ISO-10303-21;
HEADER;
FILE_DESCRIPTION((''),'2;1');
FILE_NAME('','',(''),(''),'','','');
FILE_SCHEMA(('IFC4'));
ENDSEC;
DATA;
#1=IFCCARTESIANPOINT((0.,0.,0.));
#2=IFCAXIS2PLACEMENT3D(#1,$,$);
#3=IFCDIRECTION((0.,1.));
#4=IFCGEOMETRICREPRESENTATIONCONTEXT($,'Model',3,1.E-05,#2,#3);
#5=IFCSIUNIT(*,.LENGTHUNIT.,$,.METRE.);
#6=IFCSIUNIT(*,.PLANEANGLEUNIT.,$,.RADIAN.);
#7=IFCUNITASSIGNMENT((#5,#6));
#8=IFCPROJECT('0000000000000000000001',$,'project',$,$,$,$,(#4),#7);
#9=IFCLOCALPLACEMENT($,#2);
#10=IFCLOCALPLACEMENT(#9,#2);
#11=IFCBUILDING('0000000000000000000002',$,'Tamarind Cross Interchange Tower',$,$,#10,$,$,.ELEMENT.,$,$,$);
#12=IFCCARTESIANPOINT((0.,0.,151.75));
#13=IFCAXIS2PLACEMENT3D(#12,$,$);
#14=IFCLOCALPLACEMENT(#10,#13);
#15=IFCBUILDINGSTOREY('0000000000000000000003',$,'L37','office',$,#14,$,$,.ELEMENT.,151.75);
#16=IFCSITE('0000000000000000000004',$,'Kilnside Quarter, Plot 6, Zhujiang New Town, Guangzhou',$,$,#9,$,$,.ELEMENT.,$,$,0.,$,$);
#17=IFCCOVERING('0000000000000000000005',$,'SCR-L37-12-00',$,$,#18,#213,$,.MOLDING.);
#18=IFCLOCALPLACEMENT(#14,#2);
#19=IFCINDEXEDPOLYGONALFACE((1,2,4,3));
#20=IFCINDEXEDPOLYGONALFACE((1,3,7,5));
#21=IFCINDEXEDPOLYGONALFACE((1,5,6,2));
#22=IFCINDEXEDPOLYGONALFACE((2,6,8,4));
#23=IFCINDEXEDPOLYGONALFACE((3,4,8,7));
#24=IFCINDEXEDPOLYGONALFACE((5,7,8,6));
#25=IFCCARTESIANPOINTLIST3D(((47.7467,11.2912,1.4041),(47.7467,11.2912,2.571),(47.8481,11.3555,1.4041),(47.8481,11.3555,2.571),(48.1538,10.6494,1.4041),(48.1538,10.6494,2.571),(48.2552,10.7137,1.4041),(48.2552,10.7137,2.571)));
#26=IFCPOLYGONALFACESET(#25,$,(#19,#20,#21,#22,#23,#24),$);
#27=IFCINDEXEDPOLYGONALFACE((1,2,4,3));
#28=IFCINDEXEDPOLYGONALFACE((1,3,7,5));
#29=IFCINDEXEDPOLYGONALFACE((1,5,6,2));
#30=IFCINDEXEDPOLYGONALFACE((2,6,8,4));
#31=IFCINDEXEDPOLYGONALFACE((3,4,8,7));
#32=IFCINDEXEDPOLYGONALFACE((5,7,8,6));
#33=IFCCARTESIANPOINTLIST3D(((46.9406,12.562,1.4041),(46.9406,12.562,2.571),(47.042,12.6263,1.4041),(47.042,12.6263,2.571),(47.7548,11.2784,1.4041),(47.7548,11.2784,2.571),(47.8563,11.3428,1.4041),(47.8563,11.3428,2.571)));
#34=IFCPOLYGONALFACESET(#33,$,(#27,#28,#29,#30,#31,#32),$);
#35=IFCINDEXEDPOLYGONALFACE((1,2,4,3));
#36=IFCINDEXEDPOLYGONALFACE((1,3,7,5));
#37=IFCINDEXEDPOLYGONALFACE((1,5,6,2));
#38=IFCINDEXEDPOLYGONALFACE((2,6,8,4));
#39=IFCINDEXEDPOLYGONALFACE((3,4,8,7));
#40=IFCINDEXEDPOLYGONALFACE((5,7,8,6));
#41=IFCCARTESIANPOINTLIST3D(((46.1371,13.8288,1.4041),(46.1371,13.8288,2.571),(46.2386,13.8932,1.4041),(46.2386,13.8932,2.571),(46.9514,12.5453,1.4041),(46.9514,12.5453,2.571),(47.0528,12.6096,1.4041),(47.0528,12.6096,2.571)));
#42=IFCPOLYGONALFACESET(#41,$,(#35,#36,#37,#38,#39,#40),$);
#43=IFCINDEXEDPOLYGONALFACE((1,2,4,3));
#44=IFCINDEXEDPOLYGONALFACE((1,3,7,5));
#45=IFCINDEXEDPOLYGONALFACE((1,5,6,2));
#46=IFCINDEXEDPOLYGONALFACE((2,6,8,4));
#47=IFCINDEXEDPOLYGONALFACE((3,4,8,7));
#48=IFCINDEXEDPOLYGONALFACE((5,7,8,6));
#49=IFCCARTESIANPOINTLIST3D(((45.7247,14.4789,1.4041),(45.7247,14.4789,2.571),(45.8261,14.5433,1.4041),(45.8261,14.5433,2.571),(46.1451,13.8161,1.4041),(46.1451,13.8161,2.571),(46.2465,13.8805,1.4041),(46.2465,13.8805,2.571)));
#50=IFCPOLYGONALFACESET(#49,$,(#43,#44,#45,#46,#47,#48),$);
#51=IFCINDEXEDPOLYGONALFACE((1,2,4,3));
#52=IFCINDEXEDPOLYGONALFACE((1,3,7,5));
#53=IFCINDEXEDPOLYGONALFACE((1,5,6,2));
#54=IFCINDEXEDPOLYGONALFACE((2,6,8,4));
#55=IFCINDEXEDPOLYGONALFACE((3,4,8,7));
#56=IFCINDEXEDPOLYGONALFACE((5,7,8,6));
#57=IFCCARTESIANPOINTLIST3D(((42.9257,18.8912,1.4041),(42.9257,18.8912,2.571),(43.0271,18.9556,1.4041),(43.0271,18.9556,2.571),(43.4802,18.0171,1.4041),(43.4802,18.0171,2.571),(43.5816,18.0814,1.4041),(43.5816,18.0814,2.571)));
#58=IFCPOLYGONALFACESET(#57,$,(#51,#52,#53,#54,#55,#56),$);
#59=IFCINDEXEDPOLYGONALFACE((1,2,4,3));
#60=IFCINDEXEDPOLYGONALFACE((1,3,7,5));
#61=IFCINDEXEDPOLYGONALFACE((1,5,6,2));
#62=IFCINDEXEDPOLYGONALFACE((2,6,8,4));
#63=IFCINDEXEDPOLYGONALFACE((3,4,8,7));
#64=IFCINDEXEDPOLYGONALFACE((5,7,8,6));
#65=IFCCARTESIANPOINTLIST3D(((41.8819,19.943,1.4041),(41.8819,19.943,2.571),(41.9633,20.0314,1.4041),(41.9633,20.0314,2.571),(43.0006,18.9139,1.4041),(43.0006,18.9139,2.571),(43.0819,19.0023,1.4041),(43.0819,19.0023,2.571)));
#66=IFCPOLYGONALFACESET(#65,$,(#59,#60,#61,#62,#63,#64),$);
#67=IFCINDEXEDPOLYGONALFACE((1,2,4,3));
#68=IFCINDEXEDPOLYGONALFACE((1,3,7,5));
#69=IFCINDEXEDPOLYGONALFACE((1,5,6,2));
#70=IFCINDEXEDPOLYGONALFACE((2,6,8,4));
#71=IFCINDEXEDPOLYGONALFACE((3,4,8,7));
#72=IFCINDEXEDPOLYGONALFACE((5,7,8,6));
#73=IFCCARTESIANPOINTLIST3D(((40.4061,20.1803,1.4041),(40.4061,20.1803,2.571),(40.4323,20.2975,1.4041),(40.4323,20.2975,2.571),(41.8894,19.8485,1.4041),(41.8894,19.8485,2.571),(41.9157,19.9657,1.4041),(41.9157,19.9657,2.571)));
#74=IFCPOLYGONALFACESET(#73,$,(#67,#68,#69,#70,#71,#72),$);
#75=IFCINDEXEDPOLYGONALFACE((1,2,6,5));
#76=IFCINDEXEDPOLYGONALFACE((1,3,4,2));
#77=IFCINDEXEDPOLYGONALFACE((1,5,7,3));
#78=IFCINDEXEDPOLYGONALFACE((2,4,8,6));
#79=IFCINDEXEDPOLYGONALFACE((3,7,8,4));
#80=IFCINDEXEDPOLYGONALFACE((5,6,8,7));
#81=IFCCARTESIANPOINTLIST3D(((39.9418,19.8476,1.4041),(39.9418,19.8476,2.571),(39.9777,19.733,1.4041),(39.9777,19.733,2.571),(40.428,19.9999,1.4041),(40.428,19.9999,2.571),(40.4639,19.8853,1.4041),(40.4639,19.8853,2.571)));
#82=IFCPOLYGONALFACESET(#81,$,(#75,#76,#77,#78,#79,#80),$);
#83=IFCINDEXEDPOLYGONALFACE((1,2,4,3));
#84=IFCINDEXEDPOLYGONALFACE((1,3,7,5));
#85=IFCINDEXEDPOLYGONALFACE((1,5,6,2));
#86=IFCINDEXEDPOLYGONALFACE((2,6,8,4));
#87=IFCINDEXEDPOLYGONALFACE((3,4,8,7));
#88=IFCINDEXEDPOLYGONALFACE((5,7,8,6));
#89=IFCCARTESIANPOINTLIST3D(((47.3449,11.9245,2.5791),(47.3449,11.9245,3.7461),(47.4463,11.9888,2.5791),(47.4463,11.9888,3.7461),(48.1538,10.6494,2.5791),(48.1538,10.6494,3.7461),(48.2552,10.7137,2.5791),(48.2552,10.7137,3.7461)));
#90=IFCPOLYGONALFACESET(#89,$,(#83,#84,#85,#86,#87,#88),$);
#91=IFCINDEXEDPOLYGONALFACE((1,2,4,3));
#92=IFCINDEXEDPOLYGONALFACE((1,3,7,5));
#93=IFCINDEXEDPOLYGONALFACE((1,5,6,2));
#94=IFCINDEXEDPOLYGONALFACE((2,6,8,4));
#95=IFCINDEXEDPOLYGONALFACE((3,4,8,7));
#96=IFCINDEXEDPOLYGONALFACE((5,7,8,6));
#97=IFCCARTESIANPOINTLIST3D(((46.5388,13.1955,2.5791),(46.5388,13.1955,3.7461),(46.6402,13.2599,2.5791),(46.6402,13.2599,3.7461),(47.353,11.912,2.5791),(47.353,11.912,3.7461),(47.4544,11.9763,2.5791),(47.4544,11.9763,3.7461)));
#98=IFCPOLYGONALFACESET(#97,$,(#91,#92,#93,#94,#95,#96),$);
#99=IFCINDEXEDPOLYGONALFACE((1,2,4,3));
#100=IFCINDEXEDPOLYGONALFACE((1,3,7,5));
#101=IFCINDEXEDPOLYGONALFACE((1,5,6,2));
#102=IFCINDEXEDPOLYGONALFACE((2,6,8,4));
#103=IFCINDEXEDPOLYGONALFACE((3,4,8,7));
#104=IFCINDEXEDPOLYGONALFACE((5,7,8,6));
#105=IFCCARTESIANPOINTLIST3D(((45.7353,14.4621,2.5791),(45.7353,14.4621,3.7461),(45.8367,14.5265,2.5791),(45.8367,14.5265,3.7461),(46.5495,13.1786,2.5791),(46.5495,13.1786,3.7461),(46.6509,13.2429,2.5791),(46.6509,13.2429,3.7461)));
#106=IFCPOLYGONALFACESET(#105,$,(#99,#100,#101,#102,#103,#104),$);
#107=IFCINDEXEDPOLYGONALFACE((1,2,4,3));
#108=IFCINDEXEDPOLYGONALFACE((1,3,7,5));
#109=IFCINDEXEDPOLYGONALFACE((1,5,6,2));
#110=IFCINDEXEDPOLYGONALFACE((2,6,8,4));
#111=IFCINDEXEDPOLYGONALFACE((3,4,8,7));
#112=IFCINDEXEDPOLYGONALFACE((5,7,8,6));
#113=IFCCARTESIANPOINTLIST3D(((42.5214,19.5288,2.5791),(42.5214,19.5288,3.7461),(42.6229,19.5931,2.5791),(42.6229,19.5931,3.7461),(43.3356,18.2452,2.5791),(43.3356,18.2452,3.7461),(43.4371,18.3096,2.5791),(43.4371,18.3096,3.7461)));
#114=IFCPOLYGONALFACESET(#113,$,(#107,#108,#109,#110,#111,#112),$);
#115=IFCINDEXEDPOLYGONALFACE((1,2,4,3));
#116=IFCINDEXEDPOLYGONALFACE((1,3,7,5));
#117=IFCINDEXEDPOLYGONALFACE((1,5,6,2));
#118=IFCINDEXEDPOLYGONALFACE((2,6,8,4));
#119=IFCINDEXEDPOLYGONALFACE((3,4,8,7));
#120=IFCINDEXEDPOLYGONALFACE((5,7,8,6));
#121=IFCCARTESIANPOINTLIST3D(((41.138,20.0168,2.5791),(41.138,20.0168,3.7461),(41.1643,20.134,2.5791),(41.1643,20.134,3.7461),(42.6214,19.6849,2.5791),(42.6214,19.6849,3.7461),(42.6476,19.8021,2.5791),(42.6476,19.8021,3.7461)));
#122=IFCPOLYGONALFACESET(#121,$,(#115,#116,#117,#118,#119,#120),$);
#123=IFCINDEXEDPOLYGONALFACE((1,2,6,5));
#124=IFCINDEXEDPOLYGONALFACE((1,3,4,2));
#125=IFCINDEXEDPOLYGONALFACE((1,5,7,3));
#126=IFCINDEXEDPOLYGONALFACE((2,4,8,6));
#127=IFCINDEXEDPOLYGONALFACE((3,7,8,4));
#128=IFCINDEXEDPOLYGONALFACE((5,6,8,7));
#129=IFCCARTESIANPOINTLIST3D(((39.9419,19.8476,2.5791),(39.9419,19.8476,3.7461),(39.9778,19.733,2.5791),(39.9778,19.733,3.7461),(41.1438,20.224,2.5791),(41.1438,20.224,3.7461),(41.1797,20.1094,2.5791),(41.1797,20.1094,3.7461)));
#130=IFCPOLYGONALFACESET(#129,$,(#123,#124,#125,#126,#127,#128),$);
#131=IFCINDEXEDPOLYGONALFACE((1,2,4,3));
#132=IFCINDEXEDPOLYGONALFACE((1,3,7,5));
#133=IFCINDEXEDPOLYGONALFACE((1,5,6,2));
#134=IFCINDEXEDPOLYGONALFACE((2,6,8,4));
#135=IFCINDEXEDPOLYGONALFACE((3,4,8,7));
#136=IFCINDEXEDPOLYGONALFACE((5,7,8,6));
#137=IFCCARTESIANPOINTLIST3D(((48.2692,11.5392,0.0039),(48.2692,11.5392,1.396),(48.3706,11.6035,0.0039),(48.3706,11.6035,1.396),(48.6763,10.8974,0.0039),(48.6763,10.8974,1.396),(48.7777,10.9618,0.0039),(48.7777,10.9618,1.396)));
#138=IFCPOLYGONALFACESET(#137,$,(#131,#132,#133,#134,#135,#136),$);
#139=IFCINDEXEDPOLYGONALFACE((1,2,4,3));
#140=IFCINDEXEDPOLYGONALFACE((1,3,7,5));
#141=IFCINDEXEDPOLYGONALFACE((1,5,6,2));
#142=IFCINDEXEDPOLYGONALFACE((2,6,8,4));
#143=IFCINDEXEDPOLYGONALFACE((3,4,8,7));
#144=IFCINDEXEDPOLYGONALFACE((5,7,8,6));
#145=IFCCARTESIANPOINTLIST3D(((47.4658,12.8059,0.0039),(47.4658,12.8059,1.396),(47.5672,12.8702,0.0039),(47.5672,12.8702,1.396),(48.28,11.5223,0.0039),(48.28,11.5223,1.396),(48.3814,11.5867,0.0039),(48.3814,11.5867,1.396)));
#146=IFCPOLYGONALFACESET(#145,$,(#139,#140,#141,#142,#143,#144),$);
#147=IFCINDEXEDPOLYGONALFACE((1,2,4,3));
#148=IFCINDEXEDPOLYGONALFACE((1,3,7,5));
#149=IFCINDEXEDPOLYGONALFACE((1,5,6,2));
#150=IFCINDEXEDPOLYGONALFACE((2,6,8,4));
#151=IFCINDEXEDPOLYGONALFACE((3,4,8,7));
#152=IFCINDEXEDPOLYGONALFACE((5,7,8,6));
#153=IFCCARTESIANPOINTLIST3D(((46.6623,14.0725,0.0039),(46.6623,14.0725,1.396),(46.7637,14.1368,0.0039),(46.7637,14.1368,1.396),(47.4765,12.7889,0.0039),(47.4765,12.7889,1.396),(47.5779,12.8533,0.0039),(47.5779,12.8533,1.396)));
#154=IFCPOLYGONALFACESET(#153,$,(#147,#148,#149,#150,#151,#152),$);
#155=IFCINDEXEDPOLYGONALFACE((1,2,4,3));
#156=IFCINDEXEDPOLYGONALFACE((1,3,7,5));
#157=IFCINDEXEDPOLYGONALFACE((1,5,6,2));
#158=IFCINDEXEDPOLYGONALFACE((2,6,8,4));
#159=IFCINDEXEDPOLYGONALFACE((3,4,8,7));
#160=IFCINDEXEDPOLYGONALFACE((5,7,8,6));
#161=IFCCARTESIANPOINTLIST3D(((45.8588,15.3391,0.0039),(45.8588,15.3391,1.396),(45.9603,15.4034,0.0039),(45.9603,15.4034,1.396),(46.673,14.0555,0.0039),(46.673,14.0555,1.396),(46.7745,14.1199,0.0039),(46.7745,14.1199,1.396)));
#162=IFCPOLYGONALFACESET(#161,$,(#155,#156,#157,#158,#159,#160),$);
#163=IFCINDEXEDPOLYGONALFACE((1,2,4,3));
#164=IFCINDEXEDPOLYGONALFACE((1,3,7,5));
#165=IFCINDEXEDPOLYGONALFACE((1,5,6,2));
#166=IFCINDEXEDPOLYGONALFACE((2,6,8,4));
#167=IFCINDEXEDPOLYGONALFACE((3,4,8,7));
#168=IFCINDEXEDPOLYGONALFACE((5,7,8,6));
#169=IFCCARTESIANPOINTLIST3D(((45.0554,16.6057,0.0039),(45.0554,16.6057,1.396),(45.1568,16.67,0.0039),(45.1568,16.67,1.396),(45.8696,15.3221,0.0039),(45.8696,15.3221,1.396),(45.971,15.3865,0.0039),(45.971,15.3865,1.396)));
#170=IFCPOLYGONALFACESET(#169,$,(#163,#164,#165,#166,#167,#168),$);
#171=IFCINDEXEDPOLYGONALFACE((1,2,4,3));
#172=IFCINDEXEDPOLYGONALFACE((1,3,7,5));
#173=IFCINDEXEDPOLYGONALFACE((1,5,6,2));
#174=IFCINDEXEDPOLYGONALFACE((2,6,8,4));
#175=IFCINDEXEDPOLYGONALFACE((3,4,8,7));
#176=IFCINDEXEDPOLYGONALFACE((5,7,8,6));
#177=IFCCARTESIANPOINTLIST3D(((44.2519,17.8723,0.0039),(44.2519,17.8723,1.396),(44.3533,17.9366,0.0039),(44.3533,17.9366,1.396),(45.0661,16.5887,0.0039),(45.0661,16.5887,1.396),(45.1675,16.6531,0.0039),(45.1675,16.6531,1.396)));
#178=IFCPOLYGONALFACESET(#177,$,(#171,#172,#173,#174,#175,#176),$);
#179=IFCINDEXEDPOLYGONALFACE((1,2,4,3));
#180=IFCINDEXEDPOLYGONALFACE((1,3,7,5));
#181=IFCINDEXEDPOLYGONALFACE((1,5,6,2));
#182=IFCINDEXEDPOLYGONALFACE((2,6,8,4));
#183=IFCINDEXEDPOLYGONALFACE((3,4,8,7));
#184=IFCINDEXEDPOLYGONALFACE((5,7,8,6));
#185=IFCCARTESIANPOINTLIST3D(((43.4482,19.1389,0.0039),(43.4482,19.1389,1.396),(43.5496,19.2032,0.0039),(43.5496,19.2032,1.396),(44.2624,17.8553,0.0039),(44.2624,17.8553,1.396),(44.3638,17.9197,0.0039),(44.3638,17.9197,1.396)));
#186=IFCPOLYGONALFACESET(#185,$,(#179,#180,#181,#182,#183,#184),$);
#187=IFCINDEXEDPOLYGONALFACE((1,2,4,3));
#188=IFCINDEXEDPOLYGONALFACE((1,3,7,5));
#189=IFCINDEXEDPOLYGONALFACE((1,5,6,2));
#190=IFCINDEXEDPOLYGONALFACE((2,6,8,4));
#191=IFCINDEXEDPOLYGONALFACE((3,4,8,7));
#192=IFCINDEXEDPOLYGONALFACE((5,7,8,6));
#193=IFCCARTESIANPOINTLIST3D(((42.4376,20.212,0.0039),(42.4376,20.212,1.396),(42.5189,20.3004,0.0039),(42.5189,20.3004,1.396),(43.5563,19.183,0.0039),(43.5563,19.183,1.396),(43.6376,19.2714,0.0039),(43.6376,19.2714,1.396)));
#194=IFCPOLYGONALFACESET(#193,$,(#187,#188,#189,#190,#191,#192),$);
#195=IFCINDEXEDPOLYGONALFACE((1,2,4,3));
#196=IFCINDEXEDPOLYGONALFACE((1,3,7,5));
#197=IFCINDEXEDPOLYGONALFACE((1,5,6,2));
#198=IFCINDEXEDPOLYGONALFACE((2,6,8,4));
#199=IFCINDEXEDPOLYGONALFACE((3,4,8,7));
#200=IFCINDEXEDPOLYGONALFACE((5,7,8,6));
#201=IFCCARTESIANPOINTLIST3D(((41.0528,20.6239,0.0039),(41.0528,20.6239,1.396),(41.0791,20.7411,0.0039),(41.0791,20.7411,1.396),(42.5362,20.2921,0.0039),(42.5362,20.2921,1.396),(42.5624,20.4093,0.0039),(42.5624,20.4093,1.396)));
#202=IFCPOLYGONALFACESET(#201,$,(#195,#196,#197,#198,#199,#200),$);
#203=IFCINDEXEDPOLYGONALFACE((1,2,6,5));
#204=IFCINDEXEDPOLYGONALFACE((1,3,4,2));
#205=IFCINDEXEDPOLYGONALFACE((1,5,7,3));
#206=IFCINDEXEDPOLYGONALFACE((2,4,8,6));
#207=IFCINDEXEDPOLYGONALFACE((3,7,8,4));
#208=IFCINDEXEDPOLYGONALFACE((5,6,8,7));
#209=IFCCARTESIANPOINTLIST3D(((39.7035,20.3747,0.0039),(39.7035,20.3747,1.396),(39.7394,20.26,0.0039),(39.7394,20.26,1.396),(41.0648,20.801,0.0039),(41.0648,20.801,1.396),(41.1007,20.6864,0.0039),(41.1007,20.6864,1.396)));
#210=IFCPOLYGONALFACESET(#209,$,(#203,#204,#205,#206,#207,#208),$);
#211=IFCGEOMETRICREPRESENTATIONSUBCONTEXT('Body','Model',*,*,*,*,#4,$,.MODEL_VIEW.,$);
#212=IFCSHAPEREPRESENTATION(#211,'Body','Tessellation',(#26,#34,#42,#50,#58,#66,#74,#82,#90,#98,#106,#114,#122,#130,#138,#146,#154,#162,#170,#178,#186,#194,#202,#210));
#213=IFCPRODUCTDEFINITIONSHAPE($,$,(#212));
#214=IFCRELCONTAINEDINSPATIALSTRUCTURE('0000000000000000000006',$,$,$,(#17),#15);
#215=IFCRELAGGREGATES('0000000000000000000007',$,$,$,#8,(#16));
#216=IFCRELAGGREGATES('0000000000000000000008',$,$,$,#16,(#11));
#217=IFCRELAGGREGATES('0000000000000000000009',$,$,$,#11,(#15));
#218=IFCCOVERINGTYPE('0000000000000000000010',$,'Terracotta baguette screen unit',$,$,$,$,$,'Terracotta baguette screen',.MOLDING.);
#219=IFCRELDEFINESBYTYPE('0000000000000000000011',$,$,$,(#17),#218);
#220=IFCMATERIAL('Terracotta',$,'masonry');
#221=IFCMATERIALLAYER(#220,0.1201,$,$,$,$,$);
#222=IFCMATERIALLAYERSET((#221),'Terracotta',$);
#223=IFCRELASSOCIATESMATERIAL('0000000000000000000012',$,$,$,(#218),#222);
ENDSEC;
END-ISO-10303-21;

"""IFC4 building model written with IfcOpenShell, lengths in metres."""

from ifc_helpers import new_model, si_unit, direction, frame, origin, origin_2d, place, context, subcontext, project, spatial, rectangle, extrude, material, layer, layer_set, type_object, element, save


model = new_model("IFC4")

# Units and contexts
model_context = context("Model", 3, precision=1e-05, world=origin(), true_north=direction((0.0, 1.0)))
body_context = subcontext(model_context, "Body", "Model", "MODEL_VIEW")
ifc_project = project(units=[si_unit("LENGTHUNIT", "METRE"), si_unit("PLANEANGLEUNIT", "RADIAN")], contexts=[model_context])

# Site, building, storey
site_placement = place(None, origin())
site = spatial("IfcSite", under=ifc_project, at=site_placement, Name="Kilnside Quarter, Plot 6, Zhujiang New Town, Guangzhou", CompositionType="ELEMENT", RefElevation=0.0)
building_placement = place(site_placement, origin())
building = spatial("IfcBuilding", under=site, at=building_placement, Name="Tamarind Cross Interchange Tower", CompositionType="ELEMENT")
storey_placement = place(building_placement, frame((0.0, 0.0, 151.75)))
storey = spatial("IfcBuildingStorey", under=building, at=storey_placement, Name="L37", Description="office", CompositionType="ELEMENT", Elevation=151.75)

# Covering
ifc_material_1 = material(Name="Terracotta", Category="masonry")
ifc_layer_1 = layer(ifc_material_1, 0.1201)
ifc_layer_set_1 = layer_set([ifc_layer_1], Name="Terracotta")
covering_type = type_object("IfcCoveringType", Name="Terracotta baguette screen unit", ElementType="Terracotta baguette screen", PredefinedType="MOLDING", material=ifc_layer_set_1)
covering_1_placement = place(storey_placement, origin())
element("IfcCovering", 1, at=covering_1_placement, inside=storey, type_object=covering_type, Name="SCR-L37-12-00", PredefinedType="MOLDING", context=body_context, shape_type="SweptSolid", body=[
    extrude(rectangle(XDim=0.76, YDim=0.1201, at=origin_2d()), frame((48.001, 11.0024, 1.4041), z_axis=(0.0, 0.0, 1.0), x_axis=(-0.535662, 0.844433, 0.0)), (0.0, 0.0, 1.0), 1.167),
    extrude(rectangle(XDim=1.52, YDim=0.1201, at=origin_2d()), frame((47.3984, 11.9524, 1.4041), z_axis=(0.0, 0.0, 1.0), x_axis=(-0.535662, 0.844433, 0.0)), (0.0, 0.0, 1.0), 1.167),
    extrude(rectangle(XDim=1.52, YDim=0.1201, at=origin_2d()), frame((46.595, 13.2192, 1.4041), z_axis=(0.0, 0.0, 1.0), x_axis=(-0.535662, 0.844433, 0.0)), (0.0, 0.0, 1.0), 1.167),
    extrude(rectangle(XDim=0.7849, YDim=0.1201, at=origin_2d()), frame((45.9856, 14.1797, 1.4041), z_axis=(0.0, 0.0, 1.0), x_axis=(-0.535662, 0.844433, 0.0)), (0.0, 0.0, 1.0), 1.167),
    extrude(rectangle(XDim=1.0352, YDim=0.1201, at=origin_2d()), frame((43.2537, 18.4863, 1.4041), z_axis=(0.0, 0.0, 1.0), x_axis=(-0.535662, 0.844433, 0.0)), (0.0, 0.0, 1.0), 1.167),
    extrude(rectangle(XDim=1.52, YDim=0.1201, at=origin_2d()), frame((42.4819, 19.4727, 1.4041), z_axis=(0.0, 0.0, 1.0), x_axis=(-0.735965, 0.67702, 0.0)), (0.0, 0.0, 1.0), 1.167),
    extrude(rectangle(XDim=1.52, YDim=0.1201, at=origin_2d()), frame((41.1609, 20.073, 1.4041), z_axis=(0.0, 0.0, 1.0), x_axis=(-0.975874, 0.218334, 0.0)), (0.0, 0.0, 1.0), 1.167),
    extrude(rectangle(XDim=0.5095, YDim=0.1201, at=origin_2d()), frame((40.2029, 19.8665, 1.4041), z_axis=(0.0, 0.0, 1.0), x_axis=(-0.954299, -0.298854, 0.0)), (0.0, 0.0, 1.0), 1.167),
    extrude(rectangle(XDim=1.51, YDim=0.1201, at=origin_2d()), frame((47.8, 11.3191, 2.5791), z_axis=(0.0, 0.0, 1.0), x_axis=(-0.535662, 0.844433, 0.0)), (0.0, 0.0, 1.0), 1.167),
    extrude(rectangle(XDim=1.52, YDim=0.1201, at=origin_2d()), frame((46.9966, 12.5859, 2.5791), z_axis=(0.0, 0.0, 1.0), x_axis=(-0.535662, 0.844433, 0.0)), (0.0, 0.0, 1.0), 1.167),
    extrude(rectangle(XDim=1.52, YDim=0.1201, at=origin_2d()), frame((46.1931, 13.8525, 2.5791), z_axis=(0.0, 0.0, 1.0), x_axis=(-0.535662, 0.844433, 0.0)), (0.0, 0.0, 1.0), 1.167),
    extrude(rectangle(XDim=1.52, YDim=0.1201, at=origin_2d()), frame((42.9792, 18.9192, 2.5791), z_axis=(0.0, 0.0, 1.0), x_axis=(-0.535662, 0.844433, 0.0)), (0.0, 0.0, 1.0), 1.167),
    extrude(rectangle(XDim=1.52, YDim=0.1201, at=origin_2d()), frame((41.8928, 19.9094, 2.5791), z_axis=(0.0, 0.0, 1.0), x_axis=(-0.975874, 0.218334, 0.0)), (0.0, 0.0, 1.0), 1.167),
    extrude(rectangle(XDim=1.2595, YDim=0.1201, at=origin_2d()), frame((40.5608, 19.9785, 2.5791), z_axis=(0.0, 0.0, 1.0), x_axis=(-0.954299, -0.298854, 0.0)), (0.0, 0.0, 1.0), 1.167),
    extrude(rectangle(XDim=0.76, YDim=0.1201, at=origin_2d()), frame((48.5234, 11.2505, 0.0039), z_axis=(0.0, 0.0, 1.0), x_axis=(-0.535662, 0.844433, 0.0)), (0.0, 0.0, 1.0), 1.3921),
    extrude(rectangle(XDim=1.52, YDim=0.1201, at=origin_2d()), frame((47.9236, 12.1963, 0.0039), z_axis=(0.0, 0.0, 1.0), x_axis=(-0.535662, 0.844433, 0.0)), (0.0, 0.0, 1.0), 1.3921),
    extrude(rectangle(XDim=1.52, YDim=0.1201, at=origin_2d()), frame((47.1201, 13.4629, 0.0039), z_axis=(0.0, 0.0, 1.0), x_axis=(-0.535662, 0.844433, 0.0)), (0.0, 0.0, 1.0), 1.3921),
    extrude(rectangle(XDim=1.52, YDim=0.1201, at=origin_2d()), frame((46.3167, 14.7295, 0.0039), z_axis=(0.0, 0.0, 1.0), x_axis=(-0.535662, 0.844433, 0.0)), (0.0, 0.0, 1.0), 1.3921),
    extrude(rectangle(XDim=1.52, YDim=0.1201, at=origin_2d()), frame((45.5132, 15.9961, 0.0039), z_axis=(0.0, 0.0, 1.0), x_axis=(-0.535662, 0.844433, 0.0)), (0.0, 0.0, 1.0), 1.3921),
    extrude(rectangle(XDim=1.52, YDim=0.1201, at=origin_2d()), frame((44.7097, 17.2627, 0.0039), z_axis=(0.0, 0.0, 1.0), x_axis=(-0.535662, 0.844433, 0.0)), (0.0, 0.0, 1.0), 1.3921),
    extrude(rectangle(XDim=1.52, YDim=0.1201, at=origin_2d()), frame((43.906, 18.5293, 0.0039), z_axis=(0.0, 0.0, 1.0), x_axis=(-0.535662, 0.844433, 0.0)), (0.0, 0.0, 1.0), 1.3921),
    extrude(rectangle(XDim=1.52, YDim=0.1201, at=origin_2d()), frame((43.0376, 19.7417, 0.0039), z_axis=(0.0, 0.0, 1.0), x_axis=(-0.735965, 0.67702, 0.0)), (0.0, 0.0, 1.0), 1.3921),
    extrude(rectangle(XDim=1.52, YDim=0.1201, at=origin_2d()), frame((41.8076, 20.5166, 0.0039), z_axis=(0.0, 0.0, 1.0), x_axis=(-0.975874, 0.218334, 0.0)), (0.0, 0.0, 1.0), 1.3921),
    extrude(rectangle(XDim=1.4265, YDim=0.1201, at=origin_2d()), frame((40.4021, 20.5305, 0.0039), z_axis=(0.0, 0.0, 1.0), x_axis=(-0.954299, -0.298854, 0.0)), (0.0, 0.0, 1.0), 1.3921),
])

save(model, "model.ifc")
